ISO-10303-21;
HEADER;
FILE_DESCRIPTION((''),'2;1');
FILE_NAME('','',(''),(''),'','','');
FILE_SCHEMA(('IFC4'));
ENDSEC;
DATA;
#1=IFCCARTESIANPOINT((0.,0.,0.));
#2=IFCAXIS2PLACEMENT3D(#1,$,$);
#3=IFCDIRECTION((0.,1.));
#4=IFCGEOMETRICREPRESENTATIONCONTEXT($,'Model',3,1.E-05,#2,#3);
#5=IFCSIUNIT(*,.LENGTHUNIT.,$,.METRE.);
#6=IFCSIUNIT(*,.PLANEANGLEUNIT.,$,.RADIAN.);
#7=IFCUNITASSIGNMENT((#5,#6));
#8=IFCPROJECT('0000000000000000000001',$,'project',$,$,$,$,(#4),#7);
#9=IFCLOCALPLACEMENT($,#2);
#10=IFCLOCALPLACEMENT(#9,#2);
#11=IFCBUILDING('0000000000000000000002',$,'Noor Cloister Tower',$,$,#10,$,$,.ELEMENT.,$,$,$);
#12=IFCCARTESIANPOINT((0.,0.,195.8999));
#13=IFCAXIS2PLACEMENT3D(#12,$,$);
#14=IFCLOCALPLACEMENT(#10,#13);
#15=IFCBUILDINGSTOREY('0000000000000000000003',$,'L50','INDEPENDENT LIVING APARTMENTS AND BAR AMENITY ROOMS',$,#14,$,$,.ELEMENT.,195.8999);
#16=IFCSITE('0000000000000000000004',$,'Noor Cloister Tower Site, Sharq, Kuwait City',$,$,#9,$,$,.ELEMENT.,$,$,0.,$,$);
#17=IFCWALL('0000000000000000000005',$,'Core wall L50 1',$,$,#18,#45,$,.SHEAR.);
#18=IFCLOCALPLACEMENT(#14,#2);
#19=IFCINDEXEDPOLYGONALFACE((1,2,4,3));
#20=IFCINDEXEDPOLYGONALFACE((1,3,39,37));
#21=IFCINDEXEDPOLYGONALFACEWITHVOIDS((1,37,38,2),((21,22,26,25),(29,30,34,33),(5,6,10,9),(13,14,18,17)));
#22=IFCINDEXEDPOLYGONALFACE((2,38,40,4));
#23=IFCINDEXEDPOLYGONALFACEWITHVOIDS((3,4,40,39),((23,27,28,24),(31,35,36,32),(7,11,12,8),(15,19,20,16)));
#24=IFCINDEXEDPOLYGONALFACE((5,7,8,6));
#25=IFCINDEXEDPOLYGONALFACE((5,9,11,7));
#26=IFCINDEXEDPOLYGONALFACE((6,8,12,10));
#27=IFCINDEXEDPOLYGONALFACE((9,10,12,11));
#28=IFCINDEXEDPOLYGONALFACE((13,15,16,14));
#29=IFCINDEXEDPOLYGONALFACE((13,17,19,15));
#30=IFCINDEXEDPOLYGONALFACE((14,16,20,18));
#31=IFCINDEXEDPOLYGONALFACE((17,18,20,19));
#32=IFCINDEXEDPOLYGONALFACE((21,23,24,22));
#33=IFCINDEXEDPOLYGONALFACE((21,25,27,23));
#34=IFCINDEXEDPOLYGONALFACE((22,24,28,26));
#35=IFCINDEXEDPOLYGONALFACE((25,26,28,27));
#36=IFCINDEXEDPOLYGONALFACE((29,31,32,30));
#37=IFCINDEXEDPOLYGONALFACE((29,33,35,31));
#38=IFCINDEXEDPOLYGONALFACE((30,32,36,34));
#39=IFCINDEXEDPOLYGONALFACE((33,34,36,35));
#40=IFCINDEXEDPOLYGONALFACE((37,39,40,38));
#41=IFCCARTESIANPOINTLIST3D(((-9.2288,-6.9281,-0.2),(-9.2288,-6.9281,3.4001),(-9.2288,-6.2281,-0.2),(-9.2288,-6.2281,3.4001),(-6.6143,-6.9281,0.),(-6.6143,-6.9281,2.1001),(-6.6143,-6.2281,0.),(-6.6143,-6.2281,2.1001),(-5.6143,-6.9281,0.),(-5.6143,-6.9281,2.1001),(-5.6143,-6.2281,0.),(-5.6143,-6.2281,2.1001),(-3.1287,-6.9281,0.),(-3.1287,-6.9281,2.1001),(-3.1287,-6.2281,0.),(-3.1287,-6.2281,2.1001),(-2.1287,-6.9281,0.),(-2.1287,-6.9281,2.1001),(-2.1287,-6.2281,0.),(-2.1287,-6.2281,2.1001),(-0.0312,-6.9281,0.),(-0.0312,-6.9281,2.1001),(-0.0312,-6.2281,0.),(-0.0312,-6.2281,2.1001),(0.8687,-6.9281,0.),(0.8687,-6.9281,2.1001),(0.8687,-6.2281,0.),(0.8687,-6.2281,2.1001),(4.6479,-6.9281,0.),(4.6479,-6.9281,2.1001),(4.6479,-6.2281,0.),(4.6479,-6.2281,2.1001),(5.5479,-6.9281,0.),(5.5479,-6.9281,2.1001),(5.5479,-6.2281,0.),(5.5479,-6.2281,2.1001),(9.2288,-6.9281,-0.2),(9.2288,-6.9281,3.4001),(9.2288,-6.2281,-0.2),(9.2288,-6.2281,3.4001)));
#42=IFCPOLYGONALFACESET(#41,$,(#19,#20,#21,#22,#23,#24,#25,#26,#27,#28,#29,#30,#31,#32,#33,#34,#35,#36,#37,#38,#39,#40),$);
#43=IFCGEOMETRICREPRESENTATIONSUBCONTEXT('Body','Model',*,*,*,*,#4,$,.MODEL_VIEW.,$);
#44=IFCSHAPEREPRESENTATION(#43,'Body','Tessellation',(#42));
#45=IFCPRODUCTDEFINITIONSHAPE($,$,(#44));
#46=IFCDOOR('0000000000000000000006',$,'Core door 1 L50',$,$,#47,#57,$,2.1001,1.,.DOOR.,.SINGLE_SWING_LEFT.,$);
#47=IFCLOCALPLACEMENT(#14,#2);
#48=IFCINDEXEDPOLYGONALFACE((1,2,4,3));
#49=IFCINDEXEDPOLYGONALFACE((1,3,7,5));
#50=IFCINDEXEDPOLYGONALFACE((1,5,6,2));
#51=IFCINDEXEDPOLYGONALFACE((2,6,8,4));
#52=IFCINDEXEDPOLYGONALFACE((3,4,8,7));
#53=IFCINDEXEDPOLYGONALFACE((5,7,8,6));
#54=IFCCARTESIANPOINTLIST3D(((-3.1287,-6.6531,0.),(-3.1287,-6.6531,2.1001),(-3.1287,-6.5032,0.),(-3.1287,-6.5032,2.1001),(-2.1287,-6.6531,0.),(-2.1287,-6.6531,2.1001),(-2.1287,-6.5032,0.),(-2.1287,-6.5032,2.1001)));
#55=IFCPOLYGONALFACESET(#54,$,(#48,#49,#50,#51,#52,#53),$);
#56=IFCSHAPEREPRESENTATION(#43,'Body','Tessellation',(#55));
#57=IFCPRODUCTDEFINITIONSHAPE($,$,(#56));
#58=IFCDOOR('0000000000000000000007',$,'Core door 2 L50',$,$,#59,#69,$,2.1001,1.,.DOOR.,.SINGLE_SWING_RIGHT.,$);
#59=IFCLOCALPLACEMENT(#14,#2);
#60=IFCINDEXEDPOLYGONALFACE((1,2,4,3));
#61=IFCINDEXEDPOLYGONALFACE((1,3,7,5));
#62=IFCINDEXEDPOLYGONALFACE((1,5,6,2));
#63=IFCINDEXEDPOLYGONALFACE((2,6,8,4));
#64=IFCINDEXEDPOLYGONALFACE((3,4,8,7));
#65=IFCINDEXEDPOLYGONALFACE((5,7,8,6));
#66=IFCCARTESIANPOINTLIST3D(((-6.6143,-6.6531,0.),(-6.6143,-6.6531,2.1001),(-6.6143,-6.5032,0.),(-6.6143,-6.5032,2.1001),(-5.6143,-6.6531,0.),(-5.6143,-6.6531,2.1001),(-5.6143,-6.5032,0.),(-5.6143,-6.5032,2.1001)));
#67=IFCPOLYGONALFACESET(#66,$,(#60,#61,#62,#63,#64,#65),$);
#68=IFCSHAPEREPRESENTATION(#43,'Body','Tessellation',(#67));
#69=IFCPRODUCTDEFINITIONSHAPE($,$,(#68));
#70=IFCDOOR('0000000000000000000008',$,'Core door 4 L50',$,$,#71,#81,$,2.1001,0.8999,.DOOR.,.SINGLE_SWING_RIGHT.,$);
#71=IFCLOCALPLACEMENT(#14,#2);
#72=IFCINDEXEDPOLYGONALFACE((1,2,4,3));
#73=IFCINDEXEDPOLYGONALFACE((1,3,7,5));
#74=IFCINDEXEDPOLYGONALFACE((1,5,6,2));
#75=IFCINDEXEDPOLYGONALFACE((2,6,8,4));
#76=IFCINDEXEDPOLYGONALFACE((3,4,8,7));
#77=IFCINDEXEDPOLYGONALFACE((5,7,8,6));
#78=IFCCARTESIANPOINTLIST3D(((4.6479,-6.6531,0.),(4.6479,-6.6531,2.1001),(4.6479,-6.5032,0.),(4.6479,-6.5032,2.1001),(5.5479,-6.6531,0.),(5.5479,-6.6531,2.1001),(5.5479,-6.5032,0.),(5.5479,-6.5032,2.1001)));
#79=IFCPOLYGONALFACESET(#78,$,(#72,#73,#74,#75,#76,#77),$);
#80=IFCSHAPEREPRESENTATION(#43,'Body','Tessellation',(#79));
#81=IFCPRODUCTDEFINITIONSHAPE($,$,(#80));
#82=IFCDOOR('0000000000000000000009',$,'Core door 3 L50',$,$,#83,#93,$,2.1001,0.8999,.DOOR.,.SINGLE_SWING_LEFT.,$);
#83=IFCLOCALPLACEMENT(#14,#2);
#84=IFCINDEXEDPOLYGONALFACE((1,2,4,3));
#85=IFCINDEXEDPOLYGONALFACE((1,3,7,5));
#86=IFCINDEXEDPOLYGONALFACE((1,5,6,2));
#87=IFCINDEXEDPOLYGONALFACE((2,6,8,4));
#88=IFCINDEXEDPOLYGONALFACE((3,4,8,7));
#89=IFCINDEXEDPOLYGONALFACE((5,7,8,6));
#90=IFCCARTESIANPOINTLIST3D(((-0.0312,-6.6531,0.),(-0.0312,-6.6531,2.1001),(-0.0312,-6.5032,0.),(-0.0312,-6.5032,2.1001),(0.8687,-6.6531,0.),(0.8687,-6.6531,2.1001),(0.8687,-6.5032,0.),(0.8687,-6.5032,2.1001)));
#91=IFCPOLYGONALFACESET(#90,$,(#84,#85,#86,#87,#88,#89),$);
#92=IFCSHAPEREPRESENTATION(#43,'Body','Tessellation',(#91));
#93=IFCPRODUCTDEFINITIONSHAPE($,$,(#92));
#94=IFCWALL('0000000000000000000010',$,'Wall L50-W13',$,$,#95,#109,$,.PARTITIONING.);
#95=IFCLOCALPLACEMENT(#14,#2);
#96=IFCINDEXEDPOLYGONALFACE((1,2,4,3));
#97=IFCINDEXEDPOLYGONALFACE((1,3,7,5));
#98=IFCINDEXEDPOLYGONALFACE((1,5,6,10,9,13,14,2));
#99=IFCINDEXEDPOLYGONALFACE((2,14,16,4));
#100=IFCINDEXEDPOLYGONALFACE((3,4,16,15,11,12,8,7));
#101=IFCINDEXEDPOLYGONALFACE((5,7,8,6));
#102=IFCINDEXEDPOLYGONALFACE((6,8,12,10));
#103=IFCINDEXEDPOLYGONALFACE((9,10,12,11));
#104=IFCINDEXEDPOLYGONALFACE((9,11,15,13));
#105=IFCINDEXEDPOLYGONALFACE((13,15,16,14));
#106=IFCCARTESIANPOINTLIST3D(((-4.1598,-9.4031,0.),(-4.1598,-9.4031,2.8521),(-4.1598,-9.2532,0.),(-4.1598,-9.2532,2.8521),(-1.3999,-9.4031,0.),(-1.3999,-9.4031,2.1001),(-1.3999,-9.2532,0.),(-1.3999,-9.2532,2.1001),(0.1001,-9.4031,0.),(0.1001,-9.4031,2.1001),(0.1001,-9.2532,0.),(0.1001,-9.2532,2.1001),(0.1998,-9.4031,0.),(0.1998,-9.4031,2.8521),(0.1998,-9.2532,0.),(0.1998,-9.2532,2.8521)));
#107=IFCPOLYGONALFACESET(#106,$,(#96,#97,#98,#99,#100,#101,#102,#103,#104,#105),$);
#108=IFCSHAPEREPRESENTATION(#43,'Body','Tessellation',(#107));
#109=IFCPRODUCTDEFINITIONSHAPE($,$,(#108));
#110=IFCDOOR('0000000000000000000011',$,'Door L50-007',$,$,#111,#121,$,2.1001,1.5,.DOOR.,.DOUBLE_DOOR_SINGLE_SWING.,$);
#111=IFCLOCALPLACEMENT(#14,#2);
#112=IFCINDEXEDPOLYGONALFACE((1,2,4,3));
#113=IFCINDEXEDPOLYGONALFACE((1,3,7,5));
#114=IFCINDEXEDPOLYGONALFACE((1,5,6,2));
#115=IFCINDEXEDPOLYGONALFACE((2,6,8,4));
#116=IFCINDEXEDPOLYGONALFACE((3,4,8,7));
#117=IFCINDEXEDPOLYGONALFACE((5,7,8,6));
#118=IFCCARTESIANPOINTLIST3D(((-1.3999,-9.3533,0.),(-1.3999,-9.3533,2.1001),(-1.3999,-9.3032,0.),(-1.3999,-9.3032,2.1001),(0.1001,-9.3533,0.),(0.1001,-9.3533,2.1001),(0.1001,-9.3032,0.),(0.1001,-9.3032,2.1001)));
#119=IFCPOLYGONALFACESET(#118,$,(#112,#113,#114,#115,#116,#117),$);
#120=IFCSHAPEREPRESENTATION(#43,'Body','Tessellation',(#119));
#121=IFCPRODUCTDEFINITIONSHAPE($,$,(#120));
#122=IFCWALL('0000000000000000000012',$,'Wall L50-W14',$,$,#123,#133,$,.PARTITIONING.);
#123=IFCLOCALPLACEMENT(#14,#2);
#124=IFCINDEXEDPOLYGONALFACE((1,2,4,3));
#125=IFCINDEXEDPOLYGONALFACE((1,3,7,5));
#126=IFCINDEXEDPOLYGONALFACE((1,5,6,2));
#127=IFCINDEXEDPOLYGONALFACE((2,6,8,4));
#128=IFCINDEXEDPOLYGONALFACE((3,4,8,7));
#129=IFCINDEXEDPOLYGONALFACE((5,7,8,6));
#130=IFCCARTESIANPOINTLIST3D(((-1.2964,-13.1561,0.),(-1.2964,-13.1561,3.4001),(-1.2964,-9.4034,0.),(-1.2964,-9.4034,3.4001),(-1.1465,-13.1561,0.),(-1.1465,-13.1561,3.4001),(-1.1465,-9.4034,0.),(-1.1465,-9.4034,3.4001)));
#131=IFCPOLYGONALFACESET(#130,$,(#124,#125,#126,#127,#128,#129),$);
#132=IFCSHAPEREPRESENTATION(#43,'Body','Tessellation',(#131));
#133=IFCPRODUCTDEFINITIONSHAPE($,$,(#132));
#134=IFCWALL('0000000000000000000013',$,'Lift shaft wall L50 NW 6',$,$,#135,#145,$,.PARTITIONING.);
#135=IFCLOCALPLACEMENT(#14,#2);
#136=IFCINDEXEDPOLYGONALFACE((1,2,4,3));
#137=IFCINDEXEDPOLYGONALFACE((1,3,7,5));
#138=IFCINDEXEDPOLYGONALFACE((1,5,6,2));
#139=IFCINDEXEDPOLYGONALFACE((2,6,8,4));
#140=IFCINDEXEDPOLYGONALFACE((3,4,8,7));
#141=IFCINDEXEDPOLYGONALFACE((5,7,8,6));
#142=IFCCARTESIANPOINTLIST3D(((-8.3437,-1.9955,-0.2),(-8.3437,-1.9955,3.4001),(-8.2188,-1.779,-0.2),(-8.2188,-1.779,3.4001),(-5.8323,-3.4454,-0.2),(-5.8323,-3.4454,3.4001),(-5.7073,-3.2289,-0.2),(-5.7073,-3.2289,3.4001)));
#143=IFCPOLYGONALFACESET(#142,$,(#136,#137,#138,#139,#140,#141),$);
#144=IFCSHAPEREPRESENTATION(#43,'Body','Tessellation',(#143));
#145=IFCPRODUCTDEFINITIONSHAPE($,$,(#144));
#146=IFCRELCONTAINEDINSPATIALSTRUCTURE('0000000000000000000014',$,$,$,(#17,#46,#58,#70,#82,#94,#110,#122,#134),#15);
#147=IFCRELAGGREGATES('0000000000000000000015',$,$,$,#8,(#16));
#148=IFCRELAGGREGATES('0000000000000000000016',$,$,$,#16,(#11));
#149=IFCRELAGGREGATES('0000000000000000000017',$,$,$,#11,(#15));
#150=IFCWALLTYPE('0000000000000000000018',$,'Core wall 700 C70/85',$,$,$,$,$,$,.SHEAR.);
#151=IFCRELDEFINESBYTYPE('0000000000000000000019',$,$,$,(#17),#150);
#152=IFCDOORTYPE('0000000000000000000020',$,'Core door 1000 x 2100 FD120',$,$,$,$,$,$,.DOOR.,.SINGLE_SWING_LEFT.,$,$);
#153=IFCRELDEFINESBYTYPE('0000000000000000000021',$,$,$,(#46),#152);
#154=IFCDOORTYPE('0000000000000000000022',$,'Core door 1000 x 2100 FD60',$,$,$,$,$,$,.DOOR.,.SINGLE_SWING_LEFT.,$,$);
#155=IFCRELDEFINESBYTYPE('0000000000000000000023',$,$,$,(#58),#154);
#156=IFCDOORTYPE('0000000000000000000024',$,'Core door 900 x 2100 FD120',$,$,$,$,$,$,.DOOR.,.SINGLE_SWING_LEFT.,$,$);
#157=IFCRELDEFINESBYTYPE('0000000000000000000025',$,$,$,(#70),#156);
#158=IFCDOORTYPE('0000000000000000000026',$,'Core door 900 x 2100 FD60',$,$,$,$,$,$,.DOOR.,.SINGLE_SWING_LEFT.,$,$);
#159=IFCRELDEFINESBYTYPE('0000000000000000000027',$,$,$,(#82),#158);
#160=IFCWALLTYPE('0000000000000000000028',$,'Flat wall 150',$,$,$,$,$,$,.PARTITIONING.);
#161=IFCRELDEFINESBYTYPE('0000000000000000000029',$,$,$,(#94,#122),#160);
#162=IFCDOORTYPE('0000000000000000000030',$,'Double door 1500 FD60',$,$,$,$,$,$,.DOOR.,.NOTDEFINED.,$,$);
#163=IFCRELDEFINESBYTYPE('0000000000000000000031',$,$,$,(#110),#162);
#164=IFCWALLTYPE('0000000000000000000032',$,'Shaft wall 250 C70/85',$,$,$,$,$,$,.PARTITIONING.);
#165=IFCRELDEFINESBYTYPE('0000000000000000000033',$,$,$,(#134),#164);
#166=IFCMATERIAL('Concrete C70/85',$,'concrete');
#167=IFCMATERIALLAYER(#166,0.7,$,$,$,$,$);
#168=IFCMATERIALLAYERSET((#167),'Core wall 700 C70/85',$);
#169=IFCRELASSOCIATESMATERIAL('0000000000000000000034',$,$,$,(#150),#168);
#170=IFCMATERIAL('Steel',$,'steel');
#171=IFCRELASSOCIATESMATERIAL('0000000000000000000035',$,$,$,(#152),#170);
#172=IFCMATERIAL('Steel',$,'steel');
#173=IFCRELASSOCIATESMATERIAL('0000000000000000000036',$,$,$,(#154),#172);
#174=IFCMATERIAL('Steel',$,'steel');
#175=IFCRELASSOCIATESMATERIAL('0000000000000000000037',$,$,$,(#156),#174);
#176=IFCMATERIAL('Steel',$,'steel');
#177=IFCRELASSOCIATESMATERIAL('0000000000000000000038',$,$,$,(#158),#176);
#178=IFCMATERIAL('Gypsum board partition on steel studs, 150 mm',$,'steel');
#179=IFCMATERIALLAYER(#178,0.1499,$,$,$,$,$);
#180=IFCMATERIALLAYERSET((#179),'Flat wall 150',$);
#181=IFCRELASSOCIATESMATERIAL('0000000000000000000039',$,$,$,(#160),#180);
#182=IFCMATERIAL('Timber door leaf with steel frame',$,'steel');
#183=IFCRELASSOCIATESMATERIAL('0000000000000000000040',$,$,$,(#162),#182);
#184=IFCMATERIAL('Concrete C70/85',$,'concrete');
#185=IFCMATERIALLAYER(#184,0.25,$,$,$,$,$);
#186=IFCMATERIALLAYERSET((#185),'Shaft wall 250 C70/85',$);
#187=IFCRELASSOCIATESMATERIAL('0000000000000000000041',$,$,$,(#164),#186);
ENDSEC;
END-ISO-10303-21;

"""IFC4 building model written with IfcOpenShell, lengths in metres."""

from ifc_helpers import new_model, si_unit, direction, frame, frame_2d, origin, place, context, subcontext, project, spatial, rectangle, extrude, material, layer, layer_set, type_object, element, fill, save


model = new_model("IFC4")

# Units and contexts
model_context = context("Model", 3, precision=1e-05, world=origin(), true_north=direction((0.0, 1.0)))
body_context = subcontext(model_context, "Body", "Model", "MODEL_VIEW")
ifc_project = project(units=[si_unit("LENGTHUNIT", "METRE"), si_unit("PLANEANGLEUNIT", "RADIAN")], contexts=[model_context])

# Site, building, storey
site_placement = place(None, origin())
site = spatial("IfcSite", under=ifc_project, at=site_placement, Name="Noor Cloister Tower Site, Sharq, Kuwait City", CompositionType="ELEMENT", RefElevation=0.0)
building_placement = place(site_placement, origin())
building = spatial("IfcBuilding", under=site, at=building_placement, Name="Noor Cloister Tower", CompositionType="ELEMENT")
storey_placement = place(building_placement, frame((0.0, 0.0, 195.8999)))
storey = spatial("IfcBuildingStorey", under=building, at=storey_placement, Name="L50", Description="INDEPENDENT LIVING APARTMENTS AND BAR AMENITY ROOMS", CompositionType="ELEMENT", Elevation=195.8999)

# Wall, openings, doors
ifc_material_1 = material(Name="Concrete C70/85", Category="concrete")
ifc_layer_1 = layer(ifc_material_1, 0.7)
ifc_layer_set_1 = layer_set([ifc_layer_1], Name="Core wall 700 C70/85")
wall_type_1 = type_object("IfcWallType", Name="Core wall 700 C70/85", PredefinedType="SHEAR", material=ifc_layer_set_1)
wall_1_placement = place(storey_placement, frame((-9.2288, -6.5781, -0.2), z_axis=(0.0, 0.0, 1.0), x_axis=(1.0, 0.0, 0.0)))
wall_1 = element("IfcWall", 1, at=wall_1_placement, inside=storey, type_object=wall_type_1, Name="Core wall L50 1", PredefinedType="SHEAR", context=body_context, shape_type="SweptSolid", body=[
    extrude(rectangle(XDim=18.4575, YDim=0.7, at=frame_2d((9.2288, 0.0))), origin(), (0.0, 0.0, 1.0), 3.6001),
])
opening_1_placement = place(wall_1_placement, frame((6.1001, 0.0, 0.2)))
opening_1 = element("IfcOpeningElement", 2, at=opening_1_placement, cuts=wall_1, PredefinedType="OPENING", context=body_context, shape_type="SweptSolid", body=[
    extrude(rectangle(XDim=1.0, YDim=2.1001, at=frame_2d((0.5, 1.05))), frame((0.0, 0.3599, 0.0), z_axis=(0.0, -1.0, 0.0), x_axis=(1.0, 0.0, 0.0)), (0.0, 0.0, 1.0), 0.72),
])
opening_2_placement = place(wall_1_placement, frame((2.6145, 0.0, 0.2)))
opening_2 = element("IfcOpeningElement", 3, at=opening_2_placement, cuts=wall_1, PredefinedType="OPENING", context=body_context, shape_type="SweptSolid", body=[
    extrude(rectangle(XDim=1.0, YDim=2.1001, at=frame_2d((0.5, 1.05))), frame((0.0, 0.3599, 0.0), z_axis=(0.0, -1.0, 0.0), x_axis=(1.0, 0.0, 0.0)), (0.0, 0.0, 1.0), 0.72),
])
opening_3_placement = place(wall_1_placement, frame((9.1975, 0.0, 0.2)))
opening_3 = element("IfcOpeningElement", 4, at=opening_3_placement, cuts=wall_1, PredefinedType="OPENING", context=body_context, shape_type="SweptSolid", body=[
    extrude(rectangle(XDim=0.8999, YDim=2.1001, at=frame_2d((0.45, 1.05))), frame((0.0, 0.3599, 0.0), z_axis=(0.0, -1.0, 0.0), x_axis=(1.0, 0.0, 0.0)), (0.0, 0.0, 1.0), 0.72),
])
opening_4_placement = place(wall_1_placement, frame((13.8767, 0.0, 0.2)))
opening_4 = element("IfcOpeningElement", 5, at=opening_4_placement, cuts=wall_1, PredefinedType="OPENING", context=body_context, shape_type="SweptSolid", body=[
    extrude(rectangle(XDim=0.8999, YDim=2.1001, at=frame_2d((0.45, 1.05))), frame((0.0, 0.3599, 0.0), z_axis=(0.0, -1.0, 0.0), x_axis=(1.0, 0.0, 0.0)), (0.0, 0.0, 1.0), 0.72),
])
ifc_material_2 = material(Name="Steel", Category="steel")
door_type_1 = type_object("IfcDoorType", Name="Core door 1000 x 2100 FD120", OperationType="SINGLE_SWING_LEFT", PredefinedType="DOOR", material=ifc_material_2)
door_1_placement = place(opening_1_placement, origin())
door_1 = element("IfcDoor", 6, at=door_1_placement, inside=storey, type_object=door_type_1, Name="Core door 1 L50", OperationType="SINGLE_SWING_LEFT", OverallHeight=2.1001, OverallWidth=1.0, PredefinedType="DOOR", context=body_context, shape_type="SweptSolid", body=[
    extrude(rectangle(XDim=1.0, YDim=2.1001, at=frame_2d((0.5, 1.05))), frame((0.0, 0.075, 0.0), z_axis=(0.0, -1.0, 0.0), x_axis=(1.0, 0.0, 0.0)), (0.0, 0.0, 1.0), 0.1499),
])
fill(opening_1, door_1)
ifc_material_3 = material(Name="Steel", Category="steel")
door_type_2 = type_object("IfcDoorType", Name="Core door 1000 x 2100 FD60", OperationType="SINGLE_SWING_LEFT", PredefinedType="DOOR", material=ifc_material_3)
door_2_placement = place(opening_2_placement, origin())
door_2 = element("IfcDoor", 7, at=door_2_placement, inside=storey, type_object=door_type_2, Name="Core door 2 L50", OperationType="SINGLE_SWING_RIGHT", OverallHeight=2.1001, OverallWidth=1.0, PredefinedType="DOOR", context=body_context, shape_type="SweptSolid", body=[
    extrude(rectangle(XDim=1.0, YDim=2.1001, at=frame_2d((0.5, 1.05))), frame((0.0, 0.075, 0.0), z_axis=(0.0, -1.0, 0.0), x_axis=(1.0, 0.0, 0.0)), (0.0, 0.0, 1.0), 0.1499),
])
fill(opening_2, door_2)
ifc_material_4 = material(Name="Steel", Category="steel")
door_type_3 = type_object("IfcDoorType", Name="Core door 900 x 2100 FD120", OperationType="SINGLE_SWING_LEFT", PredefinedType="DOOR", material=ifc_material_4)
door_3_placement = place(opening_4_placement, origin())
door_3 = element("IfcDoor", 8, at=door_3_placement, inside=storey, type_object=door_type_3, Name="Core door 4 L50", OperationType="SINGLE_SWING_RIGHT", OverallHeight=2.1001, OverallWidth=0.8999, PredefinedType="DOOR", context=body_context, shape_type="SweptSolid", body=[
    extrude(rectangle(XDim=0.8999, YDim=2.1001, at=frame_2d((0.45, 1.05))), frame((0.0, 0.075, 0.0), z_axis=(0.0, -1.0, 0.0), x_axis=(1.0, 0.0, 0.0)), (0.0, 0.0, 1.0), 0.1499),
])
fill(opening_4, door_3)
ifc_material_5 = material(Name="Steel", Category="steel")
door_type_4 = type_object("IfcDoorType", Name="Core door 900 x 2100 FD60", OperationType="SINGLE_SWING_LEFT", PredefinedType="DOOR", material=ifc_material_5)
door_4_placement = place(opening_3_placement, origin())
door_4 = element("IfcDoor", 9, at=door_4_placement, inside=storey, type_object=door_type_4, Name="Core door 3 L50", OperationType="SINGLE_SWING_LEFT", OverallHeight=2.1001, OverallWidth=0.8999, PredefinedType="DOOR", context=body_context, shape_type="SweptSolid", body=[
    extrude(rectangle(XDim=0.8999, YDim=2.1001, at=frame_2d((0.45, 1.05))), frame((0.0, 0.075, 0.0), z_axis=(0.0, -1.0, 0.0), x_axis=(1.0, 0.0, 0.0)), (0.0, 0.0, 1.0), 0.1499),
])
fill(opening_3, door_4)

# Wall, opening, door
ifc_material_6 = material(Name="Gypsum board partition on steel studs, 150 mm", Category="steel")
ifc_layer_2 = layer(ifc_material_6, 0.1499)
ifc_layer_set_2 = layer_set([ifc_layer_2], Name="Flat wall 150")
wall_type_2 = type_object("IfcWallType", Name="Flat wall 150", PredefinedType="PARTITIONING", material=ifc_layer_set_2)
wall_2_placement = place(storey_placement, frame((-4.1597, -9.3281, 0.0), z_axis=(0.0, 0.0, 1.0), x_axis=(1.0, 0.0, 0.0)))
wall_2 = element("IfcWall", 10, at=wall_2_placement, inside=storey, type_object=wall_type_2, Name="Wall L50-W13", PredefinedType="PARTITIONING", context=body_context, shape_type="SweptSolid", body=[
    extrude(rectangle(XDim=4.3596, YDim=0.1499, at=frame_2d((2.1797, 0.0))), origin(), (0.0, 0.0, 1.0), 2.8521),
])
opening_5_placement = place(wall_2_placement, frame((2.7598, 0.0, 0.0)))
opening_5 = element("IfcOpeningElement", 11, at=opening_5_placement, cuts=wall_2, PredefinedType="OPENING", context=body_context, shape_type="SweptSolid", body=[
    extrude(rectangle(XDim=1.5, YDim=2.1001, at=frame_2d((0.75, 1.05))), frame((0.0, 0.085, 0.0), z_axis=(0.0, -1.0, 0.0), x_axis=(1.0, 0.0, 0.0)), (0.0, 0.0, 1.0), 0.1699),
])
ifc_material_7 = material(Name="Timber door leaf with steel frame", Category="steel")
door_type_5 = type_object("IfcDoorType", Name="Double door 1500 FD60", OperationType="NOTDEFINED", PredefinedType="DOOR", material=ifc_material_7)
door_5_placement = place(opening_5_placement, origin())
door_5 = element("IfcDoor", 12, at=door_5_placement, inside=storey, type_object=door_type_5, Name="Door L50-007", OperationType="DOUBLE_DOOR_SINGLE_SWING", OverallHeight=2.1001, OverallWidth=1.5, PredefinedType="DOOR", context=body_context, shape_type="SweptSolid", body=[
    extrude(rectangle(XDim=1.5, YDim=2.1001, at=frame_2d((0.75, 1.05))), frame((0.0, 0.0249, 0.0), z_axis=(0.0, -1.0, 0.0), x_axis=(1.0, 0.0, 0.0)), (0.0, 0.0, 1.0), 0.05),
])
fill(opening_5, door_5)

# Walls
wall_3_placement = place(storey_placement, frame((-1.2214, -9.4033, 0.0), z_axis=(0.0, 0.0, 1.0), x_axis=(0.0, -1.0, 0.0)))
element("IfcWall", 13, at=wall_3_placement, inside=storey, type_object=wall_type_2, Name="Wall L50-W14", PredefinedType="PARTITIONING", context=body_context, shape_type="SweptSolid", body=[
    extrude(rectangle(XDim=3.7527, YDim=0.1499, at=frame_2d((1.8765, 0.0))), origin(), (0.0, 0.0, 1.0), 3.4001),
])
ifc_material_8 = material(Name="Concrete C70/85", Category="concrete")
ifc_layer_3 = layer(ifc_material_8, 0.25)
ifc_layer_set_3 = layer_set([ifc_layer_3], Name="Shaft wall 250 C70/85")
wall_type_3 = type_object("IfcWallType", Name="Shaft wall 250 C70/85", PredefinedType="PARTITIONING", material=ifc_layer_set_3)
wall_4_placement = place(storey_placement, frame((-8.2812, -1.8872, -0.2), z_axis=(0.0, 0.0, 1.0), x_axis=(0.866033, -0.499987, 0.0)))
element("IfcWall", 14, at=wall_4_placement, inside=storey, type_object=wall_type_3, Name="Lift shaft wall L50 NW 6", PredefinedType="PARTITIONING", context=body_context, shape_type="SweptSolid", body=[
    extrude(rectangle(XDim=2.8999, YDim=0.25, at=frame_2d((1.45, 0.0))), origin(), (0.0, 0.0, 1.0), 3.6001),
])

save(model, "model.ifc")
